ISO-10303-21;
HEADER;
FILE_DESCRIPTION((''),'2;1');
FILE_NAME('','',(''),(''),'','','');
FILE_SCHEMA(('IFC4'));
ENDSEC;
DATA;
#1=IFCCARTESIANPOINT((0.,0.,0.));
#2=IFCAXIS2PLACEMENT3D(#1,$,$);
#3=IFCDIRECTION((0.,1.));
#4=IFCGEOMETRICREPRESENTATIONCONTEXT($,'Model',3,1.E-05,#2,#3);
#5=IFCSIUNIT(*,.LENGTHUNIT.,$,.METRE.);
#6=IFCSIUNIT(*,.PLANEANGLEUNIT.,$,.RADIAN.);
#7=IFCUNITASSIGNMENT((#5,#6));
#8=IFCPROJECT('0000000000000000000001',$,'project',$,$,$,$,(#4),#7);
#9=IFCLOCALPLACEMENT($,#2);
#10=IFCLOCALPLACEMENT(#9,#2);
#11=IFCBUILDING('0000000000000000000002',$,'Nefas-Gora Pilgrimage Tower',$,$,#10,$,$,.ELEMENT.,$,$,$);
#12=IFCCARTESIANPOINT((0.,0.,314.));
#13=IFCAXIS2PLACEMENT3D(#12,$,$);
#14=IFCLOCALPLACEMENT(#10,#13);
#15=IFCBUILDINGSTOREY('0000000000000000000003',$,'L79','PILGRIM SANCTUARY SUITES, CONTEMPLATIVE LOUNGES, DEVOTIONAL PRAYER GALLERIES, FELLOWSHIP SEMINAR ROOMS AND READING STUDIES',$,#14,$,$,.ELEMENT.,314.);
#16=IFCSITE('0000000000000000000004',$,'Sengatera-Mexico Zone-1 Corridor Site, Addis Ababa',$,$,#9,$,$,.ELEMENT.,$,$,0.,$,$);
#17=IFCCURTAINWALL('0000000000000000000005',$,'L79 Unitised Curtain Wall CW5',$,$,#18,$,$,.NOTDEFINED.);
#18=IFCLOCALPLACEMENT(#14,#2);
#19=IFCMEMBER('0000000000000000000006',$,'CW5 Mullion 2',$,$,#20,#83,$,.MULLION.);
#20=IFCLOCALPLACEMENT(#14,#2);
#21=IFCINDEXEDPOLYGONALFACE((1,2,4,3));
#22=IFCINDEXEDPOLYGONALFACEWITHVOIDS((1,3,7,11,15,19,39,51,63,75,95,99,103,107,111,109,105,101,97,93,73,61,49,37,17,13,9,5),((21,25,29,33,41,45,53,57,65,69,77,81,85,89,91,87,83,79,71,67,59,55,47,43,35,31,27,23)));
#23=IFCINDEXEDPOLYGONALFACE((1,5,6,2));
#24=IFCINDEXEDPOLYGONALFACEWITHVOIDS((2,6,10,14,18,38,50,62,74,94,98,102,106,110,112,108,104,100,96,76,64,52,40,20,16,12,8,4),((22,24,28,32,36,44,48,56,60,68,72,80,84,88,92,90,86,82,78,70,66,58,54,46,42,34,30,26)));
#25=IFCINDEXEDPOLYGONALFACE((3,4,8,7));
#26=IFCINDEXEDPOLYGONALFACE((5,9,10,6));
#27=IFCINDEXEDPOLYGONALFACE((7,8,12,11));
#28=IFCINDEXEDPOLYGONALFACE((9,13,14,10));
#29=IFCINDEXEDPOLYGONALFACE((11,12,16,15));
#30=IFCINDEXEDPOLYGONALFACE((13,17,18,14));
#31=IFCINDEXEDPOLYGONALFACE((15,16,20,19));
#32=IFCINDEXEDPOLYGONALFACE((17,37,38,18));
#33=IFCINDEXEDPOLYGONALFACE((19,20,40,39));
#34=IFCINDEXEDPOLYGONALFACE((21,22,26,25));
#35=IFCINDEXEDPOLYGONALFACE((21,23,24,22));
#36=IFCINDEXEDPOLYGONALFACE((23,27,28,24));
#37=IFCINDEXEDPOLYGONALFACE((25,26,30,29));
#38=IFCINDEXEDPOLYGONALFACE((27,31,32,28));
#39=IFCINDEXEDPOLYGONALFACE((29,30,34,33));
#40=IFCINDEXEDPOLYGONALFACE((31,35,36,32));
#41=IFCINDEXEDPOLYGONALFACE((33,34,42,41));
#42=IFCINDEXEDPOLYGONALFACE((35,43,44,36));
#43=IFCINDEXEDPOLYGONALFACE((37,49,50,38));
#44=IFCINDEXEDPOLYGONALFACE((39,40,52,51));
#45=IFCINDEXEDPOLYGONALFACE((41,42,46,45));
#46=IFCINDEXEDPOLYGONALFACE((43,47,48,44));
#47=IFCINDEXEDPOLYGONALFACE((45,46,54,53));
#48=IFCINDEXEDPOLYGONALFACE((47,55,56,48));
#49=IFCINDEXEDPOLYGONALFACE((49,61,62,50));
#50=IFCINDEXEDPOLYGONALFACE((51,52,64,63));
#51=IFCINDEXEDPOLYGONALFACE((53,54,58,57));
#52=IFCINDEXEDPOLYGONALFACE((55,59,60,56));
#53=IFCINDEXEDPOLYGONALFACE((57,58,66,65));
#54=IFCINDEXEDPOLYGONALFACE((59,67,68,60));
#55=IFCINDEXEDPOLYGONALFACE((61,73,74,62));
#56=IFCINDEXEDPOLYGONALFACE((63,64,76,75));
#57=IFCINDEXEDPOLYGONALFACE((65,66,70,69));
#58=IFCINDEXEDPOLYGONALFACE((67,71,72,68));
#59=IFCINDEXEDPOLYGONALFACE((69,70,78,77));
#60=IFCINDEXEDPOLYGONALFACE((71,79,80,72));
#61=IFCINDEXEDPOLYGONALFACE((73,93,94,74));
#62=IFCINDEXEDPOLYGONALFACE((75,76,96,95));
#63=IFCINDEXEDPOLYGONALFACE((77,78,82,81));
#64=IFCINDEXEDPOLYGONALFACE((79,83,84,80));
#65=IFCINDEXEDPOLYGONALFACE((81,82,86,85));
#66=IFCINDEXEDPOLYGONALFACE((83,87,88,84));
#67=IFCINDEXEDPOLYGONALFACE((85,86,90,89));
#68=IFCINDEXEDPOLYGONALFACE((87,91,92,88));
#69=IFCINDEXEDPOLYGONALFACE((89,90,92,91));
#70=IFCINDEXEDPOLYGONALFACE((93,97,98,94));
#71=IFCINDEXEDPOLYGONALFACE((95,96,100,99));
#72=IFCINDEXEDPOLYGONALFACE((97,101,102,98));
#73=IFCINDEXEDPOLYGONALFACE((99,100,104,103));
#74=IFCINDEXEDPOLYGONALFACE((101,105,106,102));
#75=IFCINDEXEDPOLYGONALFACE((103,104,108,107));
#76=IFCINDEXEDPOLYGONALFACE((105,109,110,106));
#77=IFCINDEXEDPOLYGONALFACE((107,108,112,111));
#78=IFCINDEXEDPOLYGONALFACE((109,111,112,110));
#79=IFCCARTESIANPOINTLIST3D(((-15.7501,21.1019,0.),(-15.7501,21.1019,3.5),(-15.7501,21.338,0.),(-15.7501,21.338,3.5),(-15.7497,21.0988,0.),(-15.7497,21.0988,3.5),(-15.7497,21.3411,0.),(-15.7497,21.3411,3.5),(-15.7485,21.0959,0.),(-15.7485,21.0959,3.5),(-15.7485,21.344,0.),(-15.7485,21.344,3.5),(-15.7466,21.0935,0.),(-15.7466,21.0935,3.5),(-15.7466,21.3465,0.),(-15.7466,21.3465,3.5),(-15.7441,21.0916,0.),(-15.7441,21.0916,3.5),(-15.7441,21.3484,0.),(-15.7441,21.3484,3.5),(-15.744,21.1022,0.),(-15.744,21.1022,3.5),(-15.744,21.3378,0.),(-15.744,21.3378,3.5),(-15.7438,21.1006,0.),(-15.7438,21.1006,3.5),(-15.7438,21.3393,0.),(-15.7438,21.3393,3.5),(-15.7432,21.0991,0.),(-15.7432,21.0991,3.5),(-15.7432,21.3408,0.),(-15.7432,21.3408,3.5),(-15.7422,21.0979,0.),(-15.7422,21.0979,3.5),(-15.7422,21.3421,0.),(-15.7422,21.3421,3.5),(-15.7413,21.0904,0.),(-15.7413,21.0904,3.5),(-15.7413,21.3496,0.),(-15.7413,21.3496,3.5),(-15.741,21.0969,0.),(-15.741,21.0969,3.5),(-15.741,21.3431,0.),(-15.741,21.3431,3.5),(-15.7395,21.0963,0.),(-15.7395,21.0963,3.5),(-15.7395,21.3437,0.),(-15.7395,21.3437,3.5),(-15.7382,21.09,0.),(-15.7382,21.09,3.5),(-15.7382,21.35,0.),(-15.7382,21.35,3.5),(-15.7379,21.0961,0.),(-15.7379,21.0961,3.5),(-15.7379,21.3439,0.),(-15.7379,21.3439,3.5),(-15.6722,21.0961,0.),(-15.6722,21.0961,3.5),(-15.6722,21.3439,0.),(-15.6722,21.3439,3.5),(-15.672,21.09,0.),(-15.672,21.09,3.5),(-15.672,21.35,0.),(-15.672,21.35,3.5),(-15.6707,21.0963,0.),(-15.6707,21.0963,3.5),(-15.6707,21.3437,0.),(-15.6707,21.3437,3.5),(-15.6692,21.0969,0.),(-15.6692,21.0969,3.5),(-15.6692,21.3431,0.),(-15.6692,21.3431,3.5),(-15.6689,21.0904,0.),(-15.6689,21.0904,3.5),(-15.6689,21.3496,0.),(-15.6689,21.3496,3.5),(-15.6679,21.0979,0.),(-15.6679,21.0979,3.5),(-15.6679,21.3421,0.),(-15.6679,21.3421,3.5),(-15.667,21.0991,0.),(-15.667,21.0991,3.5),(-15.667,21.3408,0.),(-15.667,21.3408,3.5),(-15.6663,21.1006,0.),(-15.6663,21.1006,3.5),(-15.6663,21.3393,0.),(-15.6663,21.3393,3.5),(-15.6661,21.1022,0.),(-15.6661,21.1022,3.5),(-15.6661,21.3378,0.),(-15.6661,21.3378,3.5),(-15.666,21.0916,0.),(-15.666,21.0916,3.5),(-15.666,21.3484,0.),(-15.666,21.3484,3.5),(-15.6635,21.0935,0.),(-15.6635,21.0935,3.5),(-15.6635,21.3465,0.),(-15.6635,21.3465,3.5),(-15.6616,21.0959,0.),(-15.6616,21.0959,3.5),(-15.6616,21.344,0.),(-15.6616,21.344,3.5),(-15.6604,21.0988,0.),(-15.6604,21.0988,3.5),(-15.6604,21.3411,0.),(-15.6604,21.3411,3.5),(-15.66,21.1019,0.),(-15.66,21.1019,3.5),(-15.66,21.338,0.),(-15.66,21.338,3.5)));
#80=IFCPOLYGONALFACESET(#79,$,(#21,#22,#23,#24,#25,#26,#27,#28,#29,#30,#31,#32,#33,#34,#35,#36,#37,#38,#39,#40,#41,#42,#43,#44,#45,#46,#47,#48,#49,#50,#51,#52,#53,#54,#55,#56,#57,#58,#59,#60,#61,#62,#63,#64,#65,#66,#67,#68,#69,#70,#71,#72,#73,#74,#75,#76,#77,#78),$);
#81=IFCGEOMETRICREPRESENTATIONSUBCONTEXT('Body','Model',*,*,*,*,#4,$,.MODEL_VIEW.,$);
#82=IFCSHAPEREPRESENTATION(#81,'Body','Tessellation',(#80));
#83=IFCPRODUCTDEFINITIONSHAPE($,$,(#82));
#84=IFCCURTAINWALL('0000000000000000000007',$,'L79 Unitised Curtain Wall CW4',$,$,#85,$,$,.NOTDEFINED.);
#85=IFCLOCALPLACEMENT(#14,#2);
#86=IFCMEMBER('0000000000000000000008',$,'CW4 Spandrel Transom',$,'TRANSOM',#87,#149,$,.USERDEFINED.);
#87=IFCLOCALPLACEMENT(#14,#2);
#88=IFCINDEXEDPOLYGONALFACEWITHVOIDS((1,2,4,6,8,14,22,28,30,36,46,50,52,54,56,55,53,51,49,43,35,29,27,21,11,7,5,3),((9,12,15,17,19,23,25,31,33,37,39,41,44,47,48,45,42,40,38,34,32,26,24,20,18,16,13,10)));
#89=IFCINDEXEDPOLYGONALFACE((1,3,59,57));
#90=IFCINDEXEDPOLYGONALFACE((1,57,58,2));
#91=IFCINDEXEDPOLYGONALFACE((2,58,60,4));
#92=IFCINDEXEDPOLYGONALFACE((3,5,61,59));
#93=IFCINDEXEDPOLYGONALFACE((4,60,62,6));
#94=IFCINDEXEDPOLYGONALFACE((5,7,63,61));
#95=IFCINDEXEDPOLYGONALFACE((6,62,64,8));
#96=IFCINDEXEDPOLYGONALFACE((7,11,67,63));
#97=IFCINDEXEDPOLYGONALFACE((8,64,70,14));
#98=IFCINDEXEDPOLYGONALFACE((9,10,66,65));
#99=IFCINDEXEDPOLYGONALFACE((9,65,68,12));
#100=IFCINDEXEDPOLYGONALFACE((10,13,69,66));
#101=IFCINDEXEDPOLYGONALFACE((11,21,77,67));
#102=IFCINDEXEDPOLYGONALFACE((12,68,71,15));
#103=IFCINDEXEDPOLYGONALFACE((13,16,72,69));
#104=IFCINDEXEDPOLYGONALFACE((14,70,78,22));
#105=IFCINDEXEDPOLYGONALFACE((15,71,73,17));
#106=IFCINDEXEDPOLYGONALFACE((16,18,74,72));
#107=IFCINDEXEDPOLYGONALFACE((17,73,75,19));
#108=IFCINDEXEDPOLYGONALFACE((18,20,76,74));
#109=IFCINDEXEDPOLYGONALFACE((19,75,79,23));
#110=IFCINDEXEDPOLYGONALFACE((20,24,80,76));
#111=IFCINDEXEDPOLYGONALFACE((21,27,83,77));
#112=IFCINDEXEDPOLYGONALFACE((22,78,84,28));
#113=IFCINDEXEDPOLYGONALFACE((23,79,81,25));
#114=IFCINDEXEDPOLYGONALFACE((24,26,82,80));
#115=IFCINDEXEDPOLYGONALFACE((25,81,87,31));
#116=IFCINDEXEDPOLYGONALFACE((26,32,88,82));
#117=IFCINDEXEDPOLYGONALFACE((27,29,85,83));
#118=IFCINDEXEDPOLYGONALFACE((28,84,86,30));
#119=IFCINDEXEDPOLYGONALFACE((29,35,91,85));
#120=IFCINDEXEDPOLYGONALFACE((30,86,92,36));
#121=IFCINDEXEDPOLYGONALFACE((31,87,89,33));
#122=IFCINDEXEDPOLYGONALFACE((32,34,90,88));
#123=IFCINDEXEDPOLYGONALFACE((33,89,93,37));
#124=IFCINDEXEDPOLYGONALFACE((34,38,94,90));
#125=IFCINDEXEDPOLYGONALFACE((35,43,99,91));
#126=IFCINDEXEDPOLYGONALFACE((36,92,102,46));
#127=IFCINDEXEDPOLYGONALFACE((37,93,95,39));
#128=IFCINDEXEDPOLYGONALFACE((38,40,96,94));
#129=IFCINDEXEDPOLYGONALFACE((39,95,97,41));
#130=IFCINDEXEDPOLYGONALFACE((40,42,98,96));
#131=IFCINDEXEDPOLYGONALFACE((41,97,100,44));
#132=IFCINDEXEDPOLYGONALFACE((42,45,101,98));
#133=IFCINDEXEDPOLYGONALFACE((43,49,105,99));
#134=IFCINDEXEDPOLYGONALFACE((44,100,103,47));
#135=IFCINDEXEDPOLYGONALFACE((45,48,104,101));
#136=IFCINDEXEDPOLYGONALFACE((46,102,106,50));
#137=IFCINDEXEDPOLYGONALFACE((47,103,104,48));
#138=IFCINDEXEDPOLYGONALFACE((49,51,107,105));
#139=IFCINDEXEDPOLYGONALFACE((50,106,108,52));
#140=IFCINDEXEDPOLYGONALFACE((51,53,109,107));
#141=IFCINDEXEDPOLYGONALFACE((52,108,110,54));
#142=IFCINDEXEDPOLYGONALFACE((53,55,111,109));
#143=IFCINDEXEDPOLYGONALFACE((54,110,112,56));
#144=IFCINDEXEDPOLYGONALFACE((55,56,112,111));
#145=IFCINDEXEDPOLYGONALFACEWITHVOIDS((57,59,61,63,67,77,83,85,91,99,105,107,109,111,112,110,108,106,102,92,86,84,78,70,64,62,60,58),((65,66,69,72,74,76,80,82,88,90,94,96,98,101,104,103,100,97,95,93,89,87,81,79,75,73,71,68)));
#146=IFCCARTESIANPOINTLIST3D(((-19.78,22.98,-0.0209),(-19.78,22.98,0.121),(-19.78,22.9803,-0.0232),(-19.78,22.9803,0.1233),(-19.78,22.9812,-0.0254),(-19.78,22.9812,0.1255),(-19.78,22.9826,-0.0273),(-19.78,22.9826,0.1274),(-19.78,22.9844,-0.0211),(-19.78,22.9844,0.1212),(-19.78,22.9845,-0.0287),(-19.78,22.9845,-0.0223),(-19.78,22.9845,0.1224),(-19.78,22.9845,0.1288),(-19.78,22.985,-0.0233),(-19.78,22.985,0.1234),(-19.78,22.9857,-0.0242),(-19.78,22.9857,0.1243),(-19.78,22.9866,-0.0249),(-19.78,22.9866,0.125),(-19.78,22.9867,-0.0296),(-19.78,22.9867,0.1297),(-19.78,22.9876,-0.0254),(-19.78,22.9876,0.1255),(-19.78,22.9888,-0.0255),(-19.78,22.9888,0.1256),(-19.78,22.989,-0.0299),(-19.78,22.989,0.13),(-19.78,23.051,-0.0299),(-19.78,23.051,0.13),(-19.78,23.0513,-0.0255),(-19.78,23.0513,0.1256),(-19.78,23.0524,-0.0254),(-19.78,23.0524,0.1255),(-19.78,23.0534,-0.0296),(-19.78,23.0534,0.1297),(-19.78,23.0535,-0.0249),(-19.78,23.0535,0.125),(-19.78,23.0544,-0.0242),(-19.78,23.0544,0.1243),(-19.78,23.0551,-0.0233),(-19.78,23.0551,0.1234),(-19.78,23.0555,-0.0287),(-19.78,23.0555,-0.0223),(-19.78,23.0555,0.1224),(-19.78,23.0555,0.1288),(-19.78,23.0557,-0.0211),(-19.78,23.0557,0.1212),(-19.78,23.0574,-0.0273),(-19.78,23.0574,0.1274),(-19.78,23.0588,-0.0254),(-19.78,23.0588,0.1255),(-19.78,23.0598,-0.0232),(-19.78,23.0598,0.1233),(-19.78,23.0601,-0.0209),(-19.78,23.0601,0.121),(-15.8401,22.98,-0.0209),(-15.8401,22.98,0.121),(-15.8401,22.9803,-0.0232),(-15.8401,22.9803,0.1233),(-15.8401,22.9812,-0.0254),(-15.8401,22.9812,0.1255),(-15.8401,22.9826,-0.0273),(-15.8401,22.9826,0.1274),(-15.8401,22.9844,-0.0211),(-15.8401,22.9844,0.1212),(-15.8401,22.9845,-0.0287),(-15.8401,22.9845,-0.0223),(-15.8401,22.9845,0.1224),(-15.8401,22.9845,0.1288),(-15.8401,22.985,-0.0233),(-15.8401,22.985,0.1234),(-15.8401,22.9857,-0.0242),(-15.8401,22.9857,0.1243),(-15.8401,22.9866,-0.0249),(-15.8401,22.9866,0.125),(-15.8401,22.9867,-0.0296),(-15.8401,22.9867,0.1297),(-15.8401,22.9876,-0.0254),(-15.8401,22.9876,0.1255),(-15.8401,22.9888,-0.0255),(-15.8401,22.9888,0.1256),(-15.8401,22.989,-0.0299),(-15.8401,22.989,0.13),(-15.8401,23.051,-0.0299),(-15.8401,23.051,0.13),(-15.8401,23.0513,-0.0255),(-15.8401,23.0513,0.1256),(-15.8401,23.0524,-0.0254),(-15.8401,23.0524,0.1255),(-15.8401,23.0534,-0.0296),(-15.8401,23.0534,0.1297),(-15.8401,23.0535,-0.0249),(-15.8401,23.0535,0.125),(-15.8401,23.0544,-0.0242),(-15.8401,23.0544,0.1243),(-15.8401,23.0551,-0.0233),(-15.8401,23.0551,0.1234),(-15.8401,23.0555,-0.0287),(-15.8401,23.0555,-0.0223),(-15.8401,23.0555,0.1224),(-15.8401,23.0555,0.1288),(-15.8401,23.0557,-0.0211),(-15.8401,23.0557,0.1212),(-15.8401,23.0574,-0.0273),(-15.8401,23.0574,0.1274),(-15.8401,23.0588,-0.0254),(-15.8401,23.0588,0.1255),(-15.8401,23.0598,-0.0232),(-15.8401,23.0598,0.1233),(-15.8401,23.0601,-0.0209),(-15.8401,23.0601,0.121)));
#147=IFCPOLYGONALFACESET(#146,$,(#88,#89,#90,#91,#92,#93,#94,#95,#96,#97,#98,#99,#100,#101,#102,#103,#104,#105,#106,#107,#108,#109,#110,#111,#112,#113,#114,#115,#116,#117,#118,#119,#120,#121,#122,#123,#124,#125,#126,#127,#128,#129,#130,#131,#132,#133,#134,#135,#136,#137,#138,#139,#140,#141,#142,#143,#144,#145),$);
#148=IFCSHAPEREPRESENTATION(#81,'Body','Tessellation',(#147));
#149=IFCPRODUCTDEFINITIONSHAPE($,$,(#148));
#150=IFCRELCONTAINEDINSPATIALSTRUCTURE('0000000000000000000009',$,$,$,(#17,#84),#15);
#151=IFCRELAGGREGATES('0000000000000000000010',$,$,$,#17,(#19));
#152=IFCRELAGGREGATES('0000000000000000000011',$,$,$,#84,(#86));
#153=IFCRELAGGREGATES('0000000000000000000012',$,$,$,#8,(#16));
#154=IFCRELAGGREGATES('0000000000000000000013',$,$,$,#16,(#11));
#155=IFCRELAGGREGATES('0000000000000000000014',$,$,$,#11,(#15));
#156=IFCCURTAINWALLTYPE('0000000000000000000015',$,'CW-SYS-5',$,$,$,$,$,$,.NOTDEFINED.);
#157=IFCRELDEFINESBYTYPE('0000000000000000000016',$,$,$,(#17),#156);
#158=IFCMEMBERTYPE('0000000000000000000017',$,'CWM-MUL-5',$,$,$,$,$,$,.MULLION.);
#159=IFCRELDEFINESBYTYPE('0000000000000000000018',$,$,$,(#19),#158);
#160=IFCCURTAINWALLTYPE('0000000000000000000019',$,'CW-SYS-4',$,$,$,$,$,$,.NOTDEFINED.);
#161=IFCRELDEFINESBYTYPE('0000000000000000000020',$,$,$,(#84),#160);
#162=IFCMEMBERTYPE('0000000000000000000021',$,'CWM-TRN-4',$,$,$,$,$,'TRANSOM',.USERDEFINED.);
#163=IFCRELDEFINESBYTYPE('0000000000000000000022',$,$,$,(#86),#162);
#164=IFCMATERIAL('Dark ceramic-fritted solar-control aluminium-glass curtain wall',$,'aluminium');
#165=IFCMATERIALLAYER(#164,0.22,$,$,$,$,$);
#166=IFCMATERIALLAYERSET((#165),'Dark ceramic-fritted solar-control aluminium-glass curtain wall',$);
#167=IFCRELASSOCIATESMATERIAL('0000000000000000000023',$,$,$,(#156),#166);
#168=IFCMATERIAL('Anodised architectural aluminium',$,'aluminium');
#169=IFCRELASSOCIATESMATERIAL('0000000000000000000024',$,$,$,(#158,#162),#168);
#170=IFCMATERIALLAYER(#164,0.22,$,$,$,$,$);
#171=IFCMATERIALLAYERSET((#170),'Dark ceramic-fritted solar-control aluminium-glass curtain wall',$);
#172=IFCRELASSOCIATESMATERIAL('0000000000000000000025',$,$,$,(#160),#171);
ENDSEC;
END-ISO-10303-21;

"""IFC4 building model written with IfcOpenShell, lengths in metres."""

from ifc_helpers import new_model, si_unit, direction, frame, origin, origin_2d, place, context, subcontext, project, spatial, hollow_rectangle, extrude, source, transform, mapped, material, layer, layer_set, material_profile, profile_set, type_object, element, aggregate, save


model = new_model("IFC4")

# Units and contexts
model_context = context("Model", 3, precision=1e-05, world=origin(), true_north=direction((0.0, 1.0)))
body_context = subcontext(model_context, "Body", "Model", "MODEL_VIEW")
ifc_project = project(units=[si_unit("LENGTHUNIT", "METRE"), si_unit("PLANEANGLEUNIT", "RADIAN")], contexts=[model_context])

# Site, building, storey
site_placement = place(None, origin())
site = spatial("IfcSite", under=ifc_project, at=site_placement, Name="Sengatera-Mexico Zone-1 Corridor Site, Addis Ababa", CompositionType="ELEMENT", RefElevation=0.0)
building_placement = place(site_placement, origin())
building = spatial("IfcBuilding", under=site, at=building_placement, Name="Nefas-Gora Pilgrimage Tower", CompositionType="ELEMENT")
storey_placement = place(building_placement, frame((0.0, 0.0, 314.0)))
storey = spatial("IfcBuildingStorey", under=building, at=storey_placement, Name="L79", Description="PILGRIM SANCTUARY SUITES, CONTEMPLATIVE LOUNGES, DEVOTIONAL PRAYER GALLERIES, FELLOWSHIP SEMINAR ROOMS AND READING STUDIES", CompositionType="ELEMENT", Elevation=314.0)

# Curtain walls, members
ifc_material_1 = material(Name="Dark ceramic-fritted solar-control aluminium-glass curtain wall", Category="aluminium")
ifc_layer_1 = layer(ifc_material_1, 0.22)
ifc_layer_set_1 = layer_set([ifc_layer_1], Name="Dark ceramic-fritted solar-control aluminium-glass curtain wall")
curtain_wall_type_1 = type_object("IfcCurtainWallType", Name="CW-SYS-5", PredefinedType="NOTDEFINED", material=ifc_layer_set_1)
curtain_wall_1_placement = place(storey_placement, origin())
curtain_wall_1 = element("IfcCurtainWall", 1, at=curtain_wall_1_placement, inside=storey, type_object=curtain_wall_type_1, Name="L79 Unitised Curtain Wall CW5", PredefinedType="NOTDEFINED")
ifc_material_2 = material(Name="Anodised architectural aluminium", Category="aluminium")
ifc_material_profile_1 = material_profile(ifc_material_2, hollow_rectangle(XDim=0.0901, YDim=0.26, WallThickness=0.0061, InnerFilletRadius=0.0061, OuterFilletRadius=0.012, at=origin_2d()), Name="ALU MULLION 90x260")
ifc_profile_set_1 = profile_set([ifc_material_profile_1], Name="Anodised architectural aluminium")
member_type_1 = type_object("IfcMemberType", Name="CWM-MUL-5", PredefinedType="MULLION", material=ifc_profile_set_1)
shared_shape_1 = source(origin(), body_context, "Body", "SweptSolid", [
    extrude(hollow_rectangle(XDim=0.0901, YDim=0.26, WallThickness=0.0061, InnerFilletRadius=0.0061, OuterFilletRadius=0.012, at=origin_2d()), origin(), (0.0, 0.0, 1.0), 3.5),
])
member_1_placement = place(storey_placement, frame((-15.7051, 21.22, 0.0), z_axis=(0.0, 0.0, 1.0), x_axis=(-1.0, 0.0, 0.0)))
member_1 = element("IfcMember", 2, at=member_1_placement, type_object=member_type_1, Name="CW5 Mullion 2", PredefinedType="MULLION", context=body_context, shape_type="MappedRepresentation", body=[
    mapped(shared_shape_1, transform((0.0, 0.0, 0.0), x_axis=(1.0, 0.0, 0.0), y_axis=(0.0, 1.0, 0.0), z_axis=(0.0, 0.0, 1.0), scale=1.0)),
])
ifc_layer_2 = layer(ifc_material_1, 0.22)
ifc_layer_set_2 = layer_set([ifc_layer_2], Name="Dark ceramic-fritted solar-control aluminium-glass curtain wall")
curtain_wall_type_2 = type_object("IfcCurtainWallType", Name="CW-SYS-4", PredefinedType="NOTDEFINED", material=ifc_layer_set_2)
curtain_wall_2_placement = place(storey_placement, origin())
curtain_wall_2 = element("IfcCurtainWall", 3, at=curtain_wall_2_placement, inside=storey, type_object=curtain_wall_type_2, Name="L79 Unitised Curtain Wall CW4", PredefinedType="NOTDEFINED")
ifc_material_profile_2 = material_profile(ifc_material_2, hollow_rectangle(XDim=0.0801, YDim=0.1599, WallThickness=0.0044, InnerFilletRadius=0.0044, OuterFilletRadius=0.009, at=origin_2d()), Name="ALU TRANSOM 80x160")
ifc_profile_set_2 = profile_set([ifc_material_profile_2], Name="Anodised architectural aluminium")
member_type_2 = type_object("IfcMemberType", Name="CWM-TRN-4", ElementType="TRANSOM", PredefinedType="USERDEFINED", material=ifc_profile_set_2)
shared_shape_2 = source(origin(), body_context, "Body", "SweptSolid", [
    extrude(hollow_rectangle(XDim=0.0801, YDim=0.1599, WallThickness=0.0044, InnerFilletRadius=0.0044, OuterFilletRadius=0.009, at=origin_2d()), origin(), (0.0, 0.0, 1.0), 3.9399),
])
member_2_placement = place(storey_placement, frame((-15.8401, 23.02, 0.05), z_axis=(-1.0, 0.0, 0.0), x_axis=(0.0, -1.0, 0.0)))
member_2 = element("IfcMember", 4, at=member_2_placement, type_object=member_type_2, Name="CW4 Spandrel Transom", ObjectType="TRANSOM", PredefinedType="USERDEFINED", context=body_context, shape_type="MappedRepresentation", body=[
    mapped(shared_shape_2, transform((0.0, 0.0, 0.0), x_axis=(1.0, 0.0, 0.0), y_axis=(0.0, 1.0, 0.0), z_axis=(0.0, 0.0, 1.0), scale=1.0)),
])

aggregate(curtain_wall_1, [member_1])
aggregate(curtain_wall_2, [member_2])

save(model, "model.ifc")
